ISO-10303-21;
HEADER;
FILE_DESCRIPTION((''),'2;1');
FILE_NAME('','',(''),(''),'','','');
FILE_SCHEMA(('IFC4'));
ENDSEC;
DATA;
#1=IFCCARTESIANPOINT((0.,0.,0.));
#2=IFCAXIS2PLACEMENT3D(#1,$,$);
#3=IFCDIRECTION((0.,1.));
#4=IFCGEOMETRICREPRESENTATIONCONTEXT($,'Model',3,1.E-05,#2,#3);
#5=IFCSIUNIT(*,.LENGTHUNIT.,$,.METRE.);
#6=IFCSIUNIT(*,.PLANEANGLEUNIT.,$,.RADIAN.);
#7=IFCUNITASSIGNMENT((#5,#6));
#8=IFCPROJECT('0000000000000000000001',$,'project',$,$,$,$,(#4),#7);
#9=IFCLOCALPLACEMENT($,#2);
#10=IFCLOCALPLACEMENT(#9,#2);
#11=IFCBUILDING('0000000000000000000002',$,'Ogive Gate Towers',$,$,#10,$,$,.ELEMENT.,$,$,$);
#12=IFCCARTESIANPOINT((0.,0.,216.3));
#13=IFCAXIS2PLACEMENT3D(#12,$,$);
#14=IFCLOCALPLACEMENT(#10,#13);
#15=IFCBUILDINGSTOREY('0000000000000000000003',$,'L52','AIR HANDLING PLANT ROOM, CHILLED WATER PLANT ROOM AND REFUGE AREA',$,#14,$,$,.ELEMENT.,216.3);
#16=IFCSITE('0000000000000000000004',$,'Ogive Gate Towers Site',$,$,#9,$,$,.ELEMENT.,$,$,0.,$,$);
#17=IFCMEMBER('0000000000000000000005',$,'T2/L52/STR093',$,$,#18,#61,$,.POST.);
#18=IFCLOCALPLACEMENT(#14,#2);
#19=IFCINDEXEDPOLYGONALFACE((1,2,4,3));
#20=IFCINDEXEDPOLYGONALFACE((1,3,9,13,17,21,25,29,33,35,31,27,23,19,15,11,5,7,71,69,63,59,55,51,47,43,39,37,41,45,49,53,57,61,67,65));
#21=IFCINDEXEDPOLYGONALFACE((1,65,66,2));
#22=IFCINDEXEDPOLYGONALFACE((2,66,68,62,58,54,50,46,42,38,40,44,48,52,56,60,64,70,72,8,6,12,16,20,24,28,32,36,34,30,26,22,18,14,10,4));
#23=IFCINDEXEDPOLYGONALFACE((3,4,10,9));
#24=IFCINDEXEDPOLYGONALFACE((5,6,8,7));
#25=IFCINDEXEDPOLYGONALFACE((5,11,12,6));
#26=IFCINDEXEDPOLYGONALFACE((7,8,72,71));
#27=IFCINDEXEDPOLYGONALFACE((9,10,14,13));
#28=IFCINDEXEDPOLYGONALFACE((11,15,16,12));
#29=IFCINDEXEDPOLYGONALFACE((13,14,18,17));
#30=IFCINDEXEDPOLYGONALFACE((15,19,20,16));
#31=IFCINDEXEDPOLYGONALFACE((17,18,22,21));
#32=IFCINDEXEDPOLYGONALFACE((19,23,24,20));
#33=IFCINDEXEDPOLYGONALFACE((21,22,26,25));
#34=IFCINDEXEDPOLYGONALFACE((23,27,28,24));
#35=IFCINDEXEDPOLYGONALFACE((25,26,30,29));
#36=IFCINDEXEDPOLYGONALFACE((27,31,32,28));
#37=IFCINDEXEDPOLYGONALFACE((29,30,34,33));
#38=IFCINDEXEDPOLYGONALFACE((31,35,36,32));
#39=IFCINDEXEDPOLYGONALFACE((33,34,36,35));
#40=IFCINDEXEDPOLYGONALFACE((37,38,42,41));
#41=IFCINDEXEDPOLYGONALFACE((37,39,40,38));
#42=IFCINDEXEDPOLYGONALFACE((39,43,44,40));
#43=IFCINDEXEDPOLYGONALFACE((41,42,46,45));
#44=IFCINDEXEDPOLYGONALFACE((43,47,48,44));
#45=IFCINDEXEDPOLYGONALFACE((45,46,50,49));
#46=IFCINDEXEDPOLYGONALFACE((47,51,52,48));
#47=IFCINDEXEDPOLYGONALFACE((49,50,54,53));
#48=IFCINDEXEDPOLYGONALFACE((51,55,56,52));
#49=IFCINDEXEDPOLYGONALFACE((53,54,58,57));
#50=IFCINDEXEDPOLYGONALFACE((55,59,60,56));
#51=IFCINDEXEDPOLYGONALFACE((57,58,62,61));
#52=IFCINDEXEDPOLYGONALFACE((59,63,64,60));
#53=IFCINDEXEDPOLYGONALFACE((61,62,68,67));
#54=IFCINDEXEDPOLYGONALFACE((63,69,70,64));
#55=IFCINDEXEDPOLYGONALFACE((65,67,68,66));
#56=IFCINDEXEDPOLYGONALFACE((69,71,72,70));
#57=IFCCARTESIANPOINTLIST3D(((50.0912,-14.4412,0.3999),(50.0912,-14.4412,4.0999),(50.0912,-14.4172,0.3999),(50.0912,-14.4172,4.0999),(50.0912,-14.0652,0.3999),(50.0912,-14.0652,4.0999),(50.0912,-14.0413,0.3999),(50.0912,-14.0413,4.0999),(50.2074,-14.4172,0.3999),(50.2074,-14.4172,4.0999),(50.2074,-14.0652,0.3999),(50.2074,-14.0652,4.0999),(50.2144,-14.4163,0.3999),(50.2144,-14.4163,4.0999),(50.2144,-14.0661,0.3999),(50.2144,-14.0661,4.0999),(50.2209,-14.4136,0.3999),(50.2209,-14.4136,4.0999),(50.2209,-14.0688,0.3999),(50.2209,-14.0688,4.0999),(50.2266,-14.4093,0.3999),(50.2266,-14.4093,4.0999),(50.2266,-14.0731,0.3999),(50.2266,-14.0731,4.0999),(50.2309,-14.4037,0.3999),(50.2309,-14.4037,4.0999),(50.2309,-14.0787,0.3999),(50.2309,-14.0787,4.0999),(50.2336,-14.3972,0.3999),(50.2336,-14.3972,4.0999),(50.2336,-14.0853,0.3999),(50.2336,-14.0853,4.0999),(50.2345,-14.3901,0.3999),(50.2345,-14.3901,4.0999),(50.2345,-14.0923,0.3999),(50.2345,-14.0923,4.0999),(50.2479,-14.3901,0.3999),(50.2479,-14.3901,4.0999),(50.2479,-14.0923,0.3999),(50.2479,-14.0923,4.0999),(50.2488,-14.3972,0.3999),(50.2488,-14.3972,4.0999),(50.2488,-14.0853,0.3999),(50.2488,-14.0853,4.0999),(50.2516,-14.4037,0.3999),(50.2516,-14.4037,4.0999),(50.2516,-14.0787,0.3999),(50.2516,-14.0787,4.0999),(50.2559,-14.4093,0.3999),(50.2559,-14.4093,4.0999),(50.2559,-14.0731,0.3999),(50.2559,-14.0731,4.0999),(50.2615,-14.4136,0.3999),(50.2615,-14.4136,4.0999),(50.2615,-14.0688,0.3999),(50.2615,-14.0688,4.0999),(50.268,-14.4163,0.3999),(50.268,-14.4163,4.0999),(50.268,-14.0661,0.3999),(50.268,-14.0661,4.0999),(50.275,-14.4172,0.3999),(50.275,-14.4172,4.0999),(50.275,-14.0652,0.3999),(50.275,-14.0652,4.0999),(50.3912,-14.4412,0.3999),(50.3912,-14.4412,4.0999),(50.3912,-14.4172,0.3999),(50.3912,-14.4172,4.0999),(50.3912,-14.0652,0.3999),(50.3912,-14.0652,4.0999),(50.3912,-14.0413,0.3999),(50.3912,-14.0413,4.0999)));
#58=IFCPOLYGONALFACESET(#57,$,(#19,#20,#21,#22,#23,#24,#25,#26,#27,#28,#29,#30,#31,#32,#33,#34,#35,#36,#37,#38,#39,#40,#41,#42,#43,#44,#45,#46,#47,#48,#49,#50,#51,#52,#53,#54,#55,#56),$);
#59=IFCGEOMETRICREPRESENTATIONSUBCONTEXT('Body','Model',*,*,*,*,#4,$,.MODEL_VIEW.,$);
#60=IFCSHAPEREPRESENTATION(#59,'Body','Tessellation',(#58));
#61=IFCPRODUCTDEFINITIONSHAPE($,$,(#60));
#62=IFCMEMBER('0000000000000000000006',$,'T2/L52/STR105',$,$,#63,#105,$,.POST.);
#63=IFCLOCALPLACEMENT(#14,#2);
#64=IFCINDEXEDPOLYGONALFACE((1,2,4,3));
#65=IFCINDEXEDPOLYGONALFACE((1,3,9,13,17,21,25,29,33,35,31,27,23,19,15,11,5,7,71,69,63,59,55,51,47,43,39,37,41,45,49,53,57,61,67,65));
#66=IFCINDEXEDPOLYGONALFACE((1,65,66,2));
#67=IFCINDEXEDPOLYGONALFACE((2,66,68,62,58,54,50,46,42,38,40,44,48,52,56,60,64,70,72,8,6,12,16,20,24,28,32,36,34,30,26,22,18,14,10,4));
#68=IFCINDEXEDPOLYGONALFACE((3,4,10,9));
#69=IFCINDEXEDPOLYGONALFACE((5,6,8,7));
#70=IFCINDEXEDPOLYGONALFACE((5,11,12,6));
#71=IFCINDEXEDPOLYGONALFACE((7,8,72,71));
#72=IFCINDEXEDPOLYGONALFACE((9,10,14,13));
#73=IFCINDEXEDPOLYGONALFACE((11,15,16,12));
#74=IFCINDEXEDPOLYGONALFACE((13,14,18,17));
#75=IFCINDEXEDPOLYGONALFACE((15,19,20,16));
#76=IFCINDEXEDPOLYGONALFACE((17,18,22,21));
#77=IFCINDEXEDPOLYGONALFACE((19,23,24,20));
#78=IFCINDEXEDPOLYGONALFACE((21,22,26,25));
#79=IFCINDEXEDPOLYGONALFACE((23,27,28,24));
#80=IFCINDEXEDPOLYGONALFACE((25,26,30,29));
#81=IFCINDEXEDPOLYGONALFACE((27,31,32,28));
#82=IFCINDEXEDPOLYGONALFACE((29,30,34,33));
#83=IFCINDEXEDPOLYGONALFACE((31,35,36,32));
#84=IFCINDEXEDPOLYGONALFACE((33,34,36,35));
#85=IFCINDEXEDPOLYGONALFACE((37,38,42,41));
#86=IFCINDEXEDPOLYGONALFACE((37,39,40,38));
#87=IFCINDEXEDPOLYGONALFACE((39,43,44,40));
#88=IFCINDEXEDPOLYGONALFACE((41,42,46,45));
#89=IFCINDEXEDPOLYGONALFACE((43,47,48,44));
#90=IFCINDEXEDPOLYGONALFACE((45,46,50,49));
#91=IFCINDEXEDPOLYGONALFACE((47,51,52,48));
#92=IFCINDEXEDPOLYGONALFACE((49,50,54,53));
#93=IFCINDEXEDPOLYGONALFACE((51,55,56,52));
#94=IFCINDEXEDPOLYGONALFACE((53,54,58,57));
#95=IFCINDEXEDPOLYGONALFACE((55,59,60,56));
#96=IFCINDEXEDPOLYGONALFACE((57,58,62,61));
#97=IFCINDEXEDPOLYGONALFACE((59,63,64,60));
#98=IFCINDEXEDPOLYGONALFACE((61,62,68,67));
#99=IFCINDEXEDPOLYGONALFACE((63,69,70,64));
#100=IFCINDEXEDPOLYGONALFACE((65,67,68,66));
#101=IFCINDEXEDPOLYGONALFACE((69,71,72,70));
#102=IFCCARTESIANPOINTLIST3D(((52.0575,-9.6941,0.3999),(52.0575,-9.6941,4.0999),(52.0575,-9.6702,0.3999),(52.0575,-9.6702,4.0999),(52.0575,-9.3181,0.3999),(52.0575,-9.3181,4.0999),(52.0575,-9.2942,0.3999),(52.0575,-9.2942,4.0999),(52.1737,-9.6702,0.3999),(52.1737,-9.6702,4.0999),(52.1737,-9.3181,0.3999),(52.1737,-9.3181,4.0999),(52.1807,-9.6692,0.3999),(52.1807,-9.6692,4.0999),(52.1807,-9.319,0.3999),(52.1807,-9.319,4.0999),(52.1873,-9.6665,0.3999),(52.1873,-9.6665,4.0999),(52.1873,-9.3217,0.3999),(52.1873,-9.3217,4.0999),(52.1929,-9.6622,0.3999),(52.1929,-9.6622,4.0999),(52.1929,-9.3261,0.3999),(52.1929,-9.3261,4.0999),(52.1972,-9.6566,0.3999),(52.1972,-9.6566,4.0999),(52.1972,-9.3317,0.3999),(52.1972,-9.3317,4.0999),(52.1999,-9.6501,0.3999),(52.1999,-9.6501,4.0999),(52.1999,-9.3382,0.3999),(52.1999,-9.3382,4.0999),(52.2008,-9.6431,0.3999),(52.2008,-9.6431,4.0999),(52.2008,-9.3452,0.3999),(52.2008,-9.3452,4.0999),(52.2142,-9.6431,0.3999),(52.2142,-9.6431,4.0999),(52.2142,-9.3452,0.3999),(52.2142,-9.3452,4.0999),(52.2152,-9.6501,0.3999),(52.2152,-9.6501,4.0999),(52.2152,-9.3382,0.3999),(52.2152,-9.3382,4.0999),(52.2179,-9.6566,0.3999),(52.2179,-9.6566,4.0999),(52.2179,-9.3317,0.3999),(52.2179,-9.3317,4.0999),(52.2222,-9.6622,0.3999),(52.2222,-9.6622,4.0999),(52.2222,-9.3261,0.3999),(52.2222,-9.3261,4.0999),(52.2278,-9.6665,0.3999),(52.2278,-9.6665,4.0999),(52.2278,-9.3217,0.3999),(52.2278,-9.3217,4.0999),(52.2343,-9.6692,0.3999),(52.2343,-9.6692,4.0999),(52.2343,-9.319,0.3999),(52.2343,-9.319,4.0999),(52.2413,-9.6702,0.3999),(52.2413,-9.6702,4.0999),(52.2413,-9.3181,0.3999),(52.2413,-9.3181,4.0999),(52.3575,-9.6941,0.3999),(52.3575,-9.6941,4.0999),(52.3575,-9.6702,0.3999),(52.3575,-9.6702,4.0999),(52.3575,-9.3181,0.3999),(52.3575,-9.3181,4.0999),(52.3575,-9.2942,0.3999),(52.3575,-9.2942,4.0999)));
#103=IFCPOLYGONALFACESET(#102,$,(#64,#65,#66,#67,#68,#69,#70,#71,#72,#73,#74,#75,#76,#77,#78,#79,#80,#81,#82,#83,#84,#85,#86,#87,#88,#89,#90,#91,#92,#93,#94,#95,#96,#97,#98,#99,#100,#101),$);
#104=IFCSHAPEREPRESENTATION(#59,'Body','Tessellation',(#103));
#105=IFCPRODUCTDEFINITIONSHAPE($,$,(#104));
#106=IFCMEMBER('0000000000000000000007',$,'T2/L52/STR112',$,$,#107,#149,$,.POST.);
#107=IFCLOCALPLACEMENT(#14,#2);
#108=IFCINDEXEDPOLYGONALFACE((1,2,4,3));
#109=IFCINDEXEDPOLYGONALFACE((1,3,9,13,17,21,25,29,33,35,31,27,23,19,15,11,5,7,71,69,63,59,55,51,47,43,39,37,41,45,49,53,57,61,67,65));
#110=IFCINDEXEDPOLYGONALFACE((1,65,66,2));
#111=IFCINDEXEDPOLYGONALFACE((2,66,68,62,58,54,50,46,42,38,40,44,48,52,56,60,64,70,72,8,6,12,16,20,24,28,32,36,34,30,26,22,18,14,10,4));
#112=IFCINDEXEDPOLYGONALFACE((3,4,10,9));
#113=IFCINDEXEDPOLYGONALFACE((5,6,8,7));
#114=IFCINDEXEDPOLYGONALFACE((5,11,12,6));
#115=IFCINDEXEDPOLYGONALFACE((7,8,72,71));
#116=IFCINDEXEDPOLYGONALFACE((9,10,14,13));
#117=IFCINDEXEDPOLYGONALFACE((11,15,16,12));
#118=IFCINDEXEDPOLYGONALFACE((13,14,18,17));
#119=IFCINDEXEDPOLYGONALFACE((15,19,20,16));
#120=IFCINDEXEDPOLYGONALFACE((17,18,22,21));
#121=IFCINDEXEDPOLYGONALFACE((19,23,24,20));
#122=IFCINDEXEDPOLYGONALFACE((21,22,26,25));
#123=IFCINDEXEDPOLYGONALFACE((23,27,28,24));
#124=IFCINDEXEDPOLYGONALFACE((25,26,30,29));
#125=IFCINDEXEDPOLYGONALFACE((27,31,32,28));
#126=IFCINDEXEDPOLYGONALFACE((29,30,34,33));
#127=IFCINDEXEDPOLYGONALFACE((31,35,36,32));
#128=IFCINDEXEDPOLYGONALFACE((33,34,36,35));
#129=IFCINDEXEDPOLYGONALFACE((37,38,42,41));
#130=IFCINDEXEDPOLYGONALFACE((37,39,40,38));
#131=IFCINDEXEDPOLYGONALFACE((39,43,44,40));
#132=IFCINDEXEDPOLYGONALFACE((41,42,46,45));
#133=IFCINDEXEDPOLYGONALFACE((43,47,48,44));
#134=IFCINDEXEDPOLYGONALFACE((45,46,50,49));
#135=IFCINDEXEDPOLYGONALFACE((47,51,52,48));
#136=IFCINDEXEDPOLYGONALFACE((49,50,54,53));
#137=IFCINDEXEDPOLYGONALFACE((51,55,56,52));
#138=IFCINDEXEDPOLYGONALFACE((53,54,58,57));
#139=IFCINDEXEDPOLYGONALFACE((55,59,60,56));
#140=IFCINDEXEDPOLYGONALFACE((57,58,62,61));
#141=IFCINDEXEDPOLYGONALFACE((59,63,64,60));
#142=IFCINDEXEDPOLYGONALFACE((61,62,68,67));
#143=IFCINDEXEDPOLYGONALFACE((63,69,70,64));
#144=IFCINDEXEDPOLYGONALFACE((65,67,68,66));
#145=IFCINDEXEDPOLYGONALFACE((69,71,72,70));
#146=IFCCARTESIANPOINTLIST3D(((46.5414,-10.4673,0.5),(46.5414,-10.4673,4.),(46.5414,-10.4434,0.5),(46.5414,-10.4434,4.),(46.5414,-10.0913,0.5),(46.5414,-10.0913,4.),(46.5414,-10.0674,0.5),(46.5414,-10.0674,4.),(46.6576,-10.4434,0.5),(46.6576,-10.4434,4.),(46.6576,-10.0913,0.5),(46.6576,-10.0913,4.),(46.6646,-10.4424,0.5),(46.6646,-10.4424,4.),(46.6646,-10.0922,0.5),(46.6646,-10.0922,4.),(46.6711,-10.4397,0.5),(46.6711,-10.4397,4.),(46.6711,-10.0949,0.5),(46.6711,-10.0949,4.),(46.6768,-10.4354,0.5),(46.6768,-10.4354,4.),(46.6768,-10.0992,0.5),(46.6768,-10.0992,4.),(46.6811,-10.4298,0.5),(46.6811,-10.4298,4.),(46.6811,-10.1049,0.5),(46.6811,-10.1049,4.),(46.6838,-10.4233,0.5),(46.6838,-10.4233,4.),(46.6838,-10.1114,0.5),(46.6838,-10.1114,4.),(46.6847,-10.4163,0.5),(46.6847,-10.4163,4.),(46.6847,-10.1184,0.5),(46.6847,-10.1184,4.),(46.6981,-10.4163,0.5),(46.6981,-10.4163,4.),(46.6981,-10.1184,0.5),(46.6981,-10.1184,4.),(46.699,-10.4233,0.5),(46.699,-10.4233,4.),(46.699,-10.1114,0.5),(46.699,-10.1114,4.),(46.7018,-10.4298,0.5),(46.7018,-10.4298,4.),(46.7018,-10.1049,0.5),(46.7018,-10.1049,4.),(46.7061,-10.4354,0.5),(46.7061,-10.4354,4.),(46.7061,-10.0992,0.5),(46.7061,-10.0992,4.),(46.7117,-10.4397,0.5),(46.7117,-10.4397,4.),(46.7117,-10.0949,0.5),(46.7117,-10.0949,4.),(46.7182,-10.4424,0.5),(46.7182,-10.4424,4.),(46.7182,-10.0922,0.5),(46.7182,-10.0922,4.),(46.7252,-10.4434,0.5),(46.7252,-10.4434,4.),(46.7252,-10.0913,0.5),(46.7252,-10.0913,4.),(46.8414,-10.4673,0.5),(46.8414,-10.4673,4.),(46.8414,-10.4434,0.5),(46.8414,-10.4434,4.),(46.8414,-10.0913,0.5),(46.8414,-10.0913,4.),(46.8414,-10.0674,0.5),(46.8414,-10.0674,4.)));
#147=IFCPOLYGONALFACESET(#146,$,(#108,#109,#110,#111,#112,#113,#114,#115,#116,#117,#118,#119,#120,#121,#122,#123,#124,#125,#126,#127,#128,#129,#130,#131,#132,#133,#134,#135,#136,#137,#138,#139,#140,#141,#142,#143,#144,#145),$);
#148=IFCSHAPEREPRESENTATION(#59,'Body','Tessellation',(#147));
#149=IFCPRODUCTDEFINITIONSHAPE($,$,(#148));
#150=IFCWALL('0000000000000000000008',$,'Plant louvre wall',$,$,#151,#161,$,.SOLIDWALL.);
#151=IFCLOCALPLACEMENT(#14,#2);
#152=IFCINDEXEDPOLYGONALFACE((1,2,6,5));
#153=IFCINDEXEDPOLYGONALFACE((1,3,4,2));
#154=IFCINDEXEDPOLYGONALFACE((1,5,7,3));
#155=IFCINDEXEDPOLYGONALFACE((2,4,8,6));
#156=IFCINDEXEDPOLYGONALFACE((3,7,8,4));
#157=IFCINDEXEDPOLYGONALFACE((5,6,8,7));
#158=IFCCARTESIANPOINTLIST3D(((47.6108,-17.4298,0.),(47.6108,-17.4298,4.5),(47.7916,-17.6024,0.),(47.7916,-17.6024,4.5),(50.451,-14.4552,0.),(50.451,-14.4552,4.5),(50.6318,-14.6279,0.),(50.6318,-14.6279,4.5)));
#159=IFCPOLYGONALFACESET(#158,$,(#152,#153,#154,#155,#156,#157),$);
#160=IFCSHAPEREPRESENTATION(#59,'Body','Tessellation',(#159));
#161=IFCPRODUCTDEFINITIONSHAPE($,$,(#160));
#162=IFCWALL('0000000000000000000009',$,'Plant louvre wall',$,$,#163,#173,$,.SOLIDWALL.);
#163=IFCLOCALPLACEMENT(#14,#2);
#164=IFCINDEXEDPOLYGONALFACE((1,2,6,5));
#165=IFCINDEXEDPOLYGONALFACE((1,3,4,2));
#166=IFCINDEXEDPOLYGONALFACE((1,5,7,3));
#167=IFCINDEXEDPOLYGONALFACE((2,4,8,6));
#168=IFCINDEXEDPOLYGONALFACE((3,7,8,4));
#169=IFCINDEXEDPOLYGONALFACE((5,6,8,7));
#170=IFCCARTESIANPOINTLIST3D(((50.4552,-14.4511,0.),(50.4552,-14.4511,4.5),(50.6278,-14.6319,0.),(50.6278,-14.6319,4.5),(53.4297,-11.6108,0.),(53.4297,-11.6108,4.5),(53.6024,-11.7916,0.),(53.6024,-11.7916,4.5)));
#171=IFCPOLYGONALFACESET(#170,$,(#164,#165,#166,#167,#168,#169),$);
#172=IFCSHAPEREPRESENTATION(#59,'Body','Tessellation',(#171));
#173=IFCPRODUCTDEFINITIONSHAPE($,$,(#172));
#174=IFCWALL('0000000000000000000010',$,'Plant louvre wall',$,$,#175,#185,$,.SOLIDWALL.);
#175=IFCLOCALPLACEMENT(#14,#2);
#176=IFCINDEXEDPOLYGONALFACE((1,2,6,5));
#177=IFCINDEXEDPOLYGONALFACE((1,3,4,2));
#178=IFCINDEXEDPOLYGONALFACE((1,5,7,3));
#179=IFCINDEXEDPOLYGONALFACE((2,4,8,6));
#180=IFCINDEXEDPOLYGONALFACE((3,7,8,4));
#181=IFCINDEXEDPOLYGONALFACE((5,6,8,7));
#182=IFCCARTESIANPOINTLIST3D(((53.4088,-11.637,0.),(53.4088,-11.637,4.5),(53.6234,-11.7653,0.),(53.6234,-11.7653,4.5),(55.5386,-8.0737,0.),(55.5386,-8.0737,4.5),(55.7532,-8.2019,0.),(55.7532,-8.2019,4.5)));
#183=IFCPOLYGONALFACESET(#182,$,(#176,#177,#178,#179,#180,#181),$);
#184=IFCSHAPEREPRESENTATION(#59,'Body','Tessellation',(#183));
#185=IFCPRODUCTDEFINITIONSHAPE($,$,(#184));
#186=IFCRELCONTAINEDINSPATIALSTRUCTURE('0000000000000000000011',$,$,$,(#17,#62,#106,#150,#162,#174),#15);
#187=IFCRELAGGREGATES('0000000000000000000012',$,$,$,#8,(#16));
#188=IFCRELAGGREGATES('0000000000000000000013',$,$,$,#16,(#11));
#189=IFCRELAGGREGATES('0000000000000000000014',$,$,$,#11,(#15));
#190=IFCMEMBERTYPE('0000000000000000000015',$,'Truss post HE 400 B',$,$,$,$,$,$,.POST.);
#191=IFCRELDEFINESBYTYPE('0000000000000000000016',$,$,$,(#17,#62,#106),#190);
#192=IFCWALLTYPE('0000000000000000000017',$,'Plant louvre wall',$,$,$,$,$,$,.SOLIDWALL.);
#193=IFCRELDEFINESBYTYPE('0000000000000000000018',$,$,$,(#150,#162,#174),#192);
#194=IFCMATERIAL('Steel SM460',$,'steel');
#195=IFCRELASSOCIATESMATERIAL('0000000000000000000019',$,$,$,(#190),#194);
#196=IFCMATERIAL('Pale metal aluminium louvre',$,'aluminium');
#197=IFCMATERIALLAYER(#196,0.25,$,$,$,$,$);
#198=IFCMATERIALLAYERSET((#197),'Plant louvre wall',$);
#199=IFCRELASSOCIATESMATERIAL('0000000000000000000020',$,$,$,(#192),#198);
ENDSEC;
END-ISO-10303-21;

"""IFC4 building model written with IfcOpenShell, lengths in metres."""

from ifc_helpers import new_model, si_unit, direction, frame, frame_2d, origin, origin_2d, place, context, subcontext, project, spatial, rectangle, i_section, extrude, material, layer, layer_set, material_profile, profile_set, type_object, element, save


model = new_model("IFC4")

# Units and contexts
model_context = context("Model", 3, precision=1e-05, world=origin(), true_north=direction((0.0, 1.0)))
body_context = subcontext(model_context, "Body", "Model", "MODEL_VIEW")
ifc_project = project(units=[si_unit("LENGTHUNIT", "METRE"), si_unit("PLANEANGLEUNIT", "RADIAN")], contexts=[model_context])

# Site, building, storey
site_placement = place(None, origin())
site = spatial("IfcSite", under=ifc_project, at=site_placement, Name="Ogive Gate Towers Site", CompositionType="ELEMENT", RefElevation=0.0)
building_placement = place(site_placement, origin())
building = spatial("IfcBuilding", under=site, at=building_placement, Name="Ogive Gate Towers", CompositionType="ELEMENT")
storey_placement = place(building_placement, frame((0.0, 0.0, 216.3)))
storey = spatial("IfcBuildingStorey", under=building, at=storey_placement, Name="L52", Description="AIR HANDLING PLANT ROOM, CHILLED WATER PLANT ROOM AND REFUGE AREA", CompositionType="ELEMENT", Elevation=216.3)

# Shared definitions
ifc_material_1 = material(Name="Steel SM460", Category="steel")

# Members
ifc_material_profile_1 = material_profile(ifc_material_1, i_section(OverallWidth=0.3, OverallDepth=0.3999, WebThickness=0.0134, FlangeThickness=0.0239, FilletRadius=0.0271, at=origin_2d()), Name="HE 400 B")
ifc_profile_set_1 = profile_set([ifc_material_profile_1], Name="Steel SM460")
member_type_1 = type_object("IfcMemberType", Name="Truss post HE 400 B", PredefinedType="POST", material=ifc_profile_set_1)
for number, where, z_axis, x_axis, name in (
    (1, (50.2412, -14.2412, 0.3999), (0.0, 0.0, 1.0), (1.0, 0.0, 0.0), "T2/L52/STR093"),
    (2, (52.2075, -9.4941, 0.3999), (0.0, 0.0, 1.0), (1.0, 0.0, 0.0), "T2/L52/STR105"),
):
    element("IfcMember", number, at=place(storey_placement, frame(where, z_axis=z_axis, x_axis=x_axis)), inside=storey, type_object=member_type_1, Name=name, PredefinedType="POST", context=body_context, shape_type="SweptSolid", body=[
        extrude(i_section(OverallWidth=0.3, OverallDepth=0.3999, WebThickness=0.0134, FlangeThickness=0.0239, FilletRadius=0.0271, at=origin_2d()), origin(), (0.0, 0.0, 1.0), 3.7),
    ])
member_1_placement = place(storey_placement, frame((46.6914, -10.2673, 0.5), z_axis=(0.0, 0.0, 1.0), x_axis=(1.0, 0.0, 0.0)))
element("IfcMember", 3, at=member_1_placement, inside=storey, type_object=member_type_1, Name="T2/L52/STR112", PredefinedType="POST", context=body_context, shape_type="SweptSolid", body=[
    extrude(i_section(OverallWidth=0.3, OverallDepth=0.3999, WebThickness=0.0134, FlangeThickness=0.0239, FilletRadius=0.0271, at=origin_2d()), origin(), (0.0, 0.0, 1.0), 3.5),
])

# Walls
ifc_material_2 = material(Name="Pale metal aluminium louvre", Category="aluminium")
ifc_layer = layer(ifc_material_2, 0.25)
ifc_layer_set = layer_set([ifc_layer], Name="Plant louvre wall")
wall_type = type_object("IfcWallType", Name="Plant louvre wall", PredefinedType="SOLIDWALL", material=ifc_layer_set)
for number, where, z_axis, x_axis, name in (
    (4, (47.7012, -17.5161, 0.0), (0.0, 0.0, 1.0), (0.690594, 0.723242, 0.0), "Plant louvre wall"),
    (5, (50.5415, -14.5415, 0.0), (0.0, 0.0, 1.0), (0.723242, 0.690594, 0.0), "Plant louvre wall"),
):
    element("IfcWall", number, at=place(storey_placement, frame(where, z_axis=z_axis, x_axis=x_axis)), inside=storey, type_object=wall_type, Name=name, PredefinedType="SOLIDWALL", context=body_context, shape_type="SweptSolid", body=[
        extrude(rectangle(XDim=4.1128, YDim=0.25, at=frame_2d((2.0564, 0.0))), origin(), (0.0, 0.0, 1.0), 4.5),
    ])
wall_placement = place(storey_placement, frame((53.5161, -11.7012, 0.0), z_axis=(0.0, 0.0, 1.0), x_axis=(0.513042, 0.858363, 0.0)))
element("IfcWall", 6, at=wall_placement, inside=storey, type_object=wall_type, Name="Plant louvre wall", PredefinedType="SOLIDWALL", context=body_context, shape_type="SweptSolid", body=[
    extrude(rectangle(XDim=4.1514, YDim=0.25, at=frame_2d((2.0757, 0.0))), origin(), (0.0, 0.0, 1.0), 4.5),
])

save(model, "model.ifc")
